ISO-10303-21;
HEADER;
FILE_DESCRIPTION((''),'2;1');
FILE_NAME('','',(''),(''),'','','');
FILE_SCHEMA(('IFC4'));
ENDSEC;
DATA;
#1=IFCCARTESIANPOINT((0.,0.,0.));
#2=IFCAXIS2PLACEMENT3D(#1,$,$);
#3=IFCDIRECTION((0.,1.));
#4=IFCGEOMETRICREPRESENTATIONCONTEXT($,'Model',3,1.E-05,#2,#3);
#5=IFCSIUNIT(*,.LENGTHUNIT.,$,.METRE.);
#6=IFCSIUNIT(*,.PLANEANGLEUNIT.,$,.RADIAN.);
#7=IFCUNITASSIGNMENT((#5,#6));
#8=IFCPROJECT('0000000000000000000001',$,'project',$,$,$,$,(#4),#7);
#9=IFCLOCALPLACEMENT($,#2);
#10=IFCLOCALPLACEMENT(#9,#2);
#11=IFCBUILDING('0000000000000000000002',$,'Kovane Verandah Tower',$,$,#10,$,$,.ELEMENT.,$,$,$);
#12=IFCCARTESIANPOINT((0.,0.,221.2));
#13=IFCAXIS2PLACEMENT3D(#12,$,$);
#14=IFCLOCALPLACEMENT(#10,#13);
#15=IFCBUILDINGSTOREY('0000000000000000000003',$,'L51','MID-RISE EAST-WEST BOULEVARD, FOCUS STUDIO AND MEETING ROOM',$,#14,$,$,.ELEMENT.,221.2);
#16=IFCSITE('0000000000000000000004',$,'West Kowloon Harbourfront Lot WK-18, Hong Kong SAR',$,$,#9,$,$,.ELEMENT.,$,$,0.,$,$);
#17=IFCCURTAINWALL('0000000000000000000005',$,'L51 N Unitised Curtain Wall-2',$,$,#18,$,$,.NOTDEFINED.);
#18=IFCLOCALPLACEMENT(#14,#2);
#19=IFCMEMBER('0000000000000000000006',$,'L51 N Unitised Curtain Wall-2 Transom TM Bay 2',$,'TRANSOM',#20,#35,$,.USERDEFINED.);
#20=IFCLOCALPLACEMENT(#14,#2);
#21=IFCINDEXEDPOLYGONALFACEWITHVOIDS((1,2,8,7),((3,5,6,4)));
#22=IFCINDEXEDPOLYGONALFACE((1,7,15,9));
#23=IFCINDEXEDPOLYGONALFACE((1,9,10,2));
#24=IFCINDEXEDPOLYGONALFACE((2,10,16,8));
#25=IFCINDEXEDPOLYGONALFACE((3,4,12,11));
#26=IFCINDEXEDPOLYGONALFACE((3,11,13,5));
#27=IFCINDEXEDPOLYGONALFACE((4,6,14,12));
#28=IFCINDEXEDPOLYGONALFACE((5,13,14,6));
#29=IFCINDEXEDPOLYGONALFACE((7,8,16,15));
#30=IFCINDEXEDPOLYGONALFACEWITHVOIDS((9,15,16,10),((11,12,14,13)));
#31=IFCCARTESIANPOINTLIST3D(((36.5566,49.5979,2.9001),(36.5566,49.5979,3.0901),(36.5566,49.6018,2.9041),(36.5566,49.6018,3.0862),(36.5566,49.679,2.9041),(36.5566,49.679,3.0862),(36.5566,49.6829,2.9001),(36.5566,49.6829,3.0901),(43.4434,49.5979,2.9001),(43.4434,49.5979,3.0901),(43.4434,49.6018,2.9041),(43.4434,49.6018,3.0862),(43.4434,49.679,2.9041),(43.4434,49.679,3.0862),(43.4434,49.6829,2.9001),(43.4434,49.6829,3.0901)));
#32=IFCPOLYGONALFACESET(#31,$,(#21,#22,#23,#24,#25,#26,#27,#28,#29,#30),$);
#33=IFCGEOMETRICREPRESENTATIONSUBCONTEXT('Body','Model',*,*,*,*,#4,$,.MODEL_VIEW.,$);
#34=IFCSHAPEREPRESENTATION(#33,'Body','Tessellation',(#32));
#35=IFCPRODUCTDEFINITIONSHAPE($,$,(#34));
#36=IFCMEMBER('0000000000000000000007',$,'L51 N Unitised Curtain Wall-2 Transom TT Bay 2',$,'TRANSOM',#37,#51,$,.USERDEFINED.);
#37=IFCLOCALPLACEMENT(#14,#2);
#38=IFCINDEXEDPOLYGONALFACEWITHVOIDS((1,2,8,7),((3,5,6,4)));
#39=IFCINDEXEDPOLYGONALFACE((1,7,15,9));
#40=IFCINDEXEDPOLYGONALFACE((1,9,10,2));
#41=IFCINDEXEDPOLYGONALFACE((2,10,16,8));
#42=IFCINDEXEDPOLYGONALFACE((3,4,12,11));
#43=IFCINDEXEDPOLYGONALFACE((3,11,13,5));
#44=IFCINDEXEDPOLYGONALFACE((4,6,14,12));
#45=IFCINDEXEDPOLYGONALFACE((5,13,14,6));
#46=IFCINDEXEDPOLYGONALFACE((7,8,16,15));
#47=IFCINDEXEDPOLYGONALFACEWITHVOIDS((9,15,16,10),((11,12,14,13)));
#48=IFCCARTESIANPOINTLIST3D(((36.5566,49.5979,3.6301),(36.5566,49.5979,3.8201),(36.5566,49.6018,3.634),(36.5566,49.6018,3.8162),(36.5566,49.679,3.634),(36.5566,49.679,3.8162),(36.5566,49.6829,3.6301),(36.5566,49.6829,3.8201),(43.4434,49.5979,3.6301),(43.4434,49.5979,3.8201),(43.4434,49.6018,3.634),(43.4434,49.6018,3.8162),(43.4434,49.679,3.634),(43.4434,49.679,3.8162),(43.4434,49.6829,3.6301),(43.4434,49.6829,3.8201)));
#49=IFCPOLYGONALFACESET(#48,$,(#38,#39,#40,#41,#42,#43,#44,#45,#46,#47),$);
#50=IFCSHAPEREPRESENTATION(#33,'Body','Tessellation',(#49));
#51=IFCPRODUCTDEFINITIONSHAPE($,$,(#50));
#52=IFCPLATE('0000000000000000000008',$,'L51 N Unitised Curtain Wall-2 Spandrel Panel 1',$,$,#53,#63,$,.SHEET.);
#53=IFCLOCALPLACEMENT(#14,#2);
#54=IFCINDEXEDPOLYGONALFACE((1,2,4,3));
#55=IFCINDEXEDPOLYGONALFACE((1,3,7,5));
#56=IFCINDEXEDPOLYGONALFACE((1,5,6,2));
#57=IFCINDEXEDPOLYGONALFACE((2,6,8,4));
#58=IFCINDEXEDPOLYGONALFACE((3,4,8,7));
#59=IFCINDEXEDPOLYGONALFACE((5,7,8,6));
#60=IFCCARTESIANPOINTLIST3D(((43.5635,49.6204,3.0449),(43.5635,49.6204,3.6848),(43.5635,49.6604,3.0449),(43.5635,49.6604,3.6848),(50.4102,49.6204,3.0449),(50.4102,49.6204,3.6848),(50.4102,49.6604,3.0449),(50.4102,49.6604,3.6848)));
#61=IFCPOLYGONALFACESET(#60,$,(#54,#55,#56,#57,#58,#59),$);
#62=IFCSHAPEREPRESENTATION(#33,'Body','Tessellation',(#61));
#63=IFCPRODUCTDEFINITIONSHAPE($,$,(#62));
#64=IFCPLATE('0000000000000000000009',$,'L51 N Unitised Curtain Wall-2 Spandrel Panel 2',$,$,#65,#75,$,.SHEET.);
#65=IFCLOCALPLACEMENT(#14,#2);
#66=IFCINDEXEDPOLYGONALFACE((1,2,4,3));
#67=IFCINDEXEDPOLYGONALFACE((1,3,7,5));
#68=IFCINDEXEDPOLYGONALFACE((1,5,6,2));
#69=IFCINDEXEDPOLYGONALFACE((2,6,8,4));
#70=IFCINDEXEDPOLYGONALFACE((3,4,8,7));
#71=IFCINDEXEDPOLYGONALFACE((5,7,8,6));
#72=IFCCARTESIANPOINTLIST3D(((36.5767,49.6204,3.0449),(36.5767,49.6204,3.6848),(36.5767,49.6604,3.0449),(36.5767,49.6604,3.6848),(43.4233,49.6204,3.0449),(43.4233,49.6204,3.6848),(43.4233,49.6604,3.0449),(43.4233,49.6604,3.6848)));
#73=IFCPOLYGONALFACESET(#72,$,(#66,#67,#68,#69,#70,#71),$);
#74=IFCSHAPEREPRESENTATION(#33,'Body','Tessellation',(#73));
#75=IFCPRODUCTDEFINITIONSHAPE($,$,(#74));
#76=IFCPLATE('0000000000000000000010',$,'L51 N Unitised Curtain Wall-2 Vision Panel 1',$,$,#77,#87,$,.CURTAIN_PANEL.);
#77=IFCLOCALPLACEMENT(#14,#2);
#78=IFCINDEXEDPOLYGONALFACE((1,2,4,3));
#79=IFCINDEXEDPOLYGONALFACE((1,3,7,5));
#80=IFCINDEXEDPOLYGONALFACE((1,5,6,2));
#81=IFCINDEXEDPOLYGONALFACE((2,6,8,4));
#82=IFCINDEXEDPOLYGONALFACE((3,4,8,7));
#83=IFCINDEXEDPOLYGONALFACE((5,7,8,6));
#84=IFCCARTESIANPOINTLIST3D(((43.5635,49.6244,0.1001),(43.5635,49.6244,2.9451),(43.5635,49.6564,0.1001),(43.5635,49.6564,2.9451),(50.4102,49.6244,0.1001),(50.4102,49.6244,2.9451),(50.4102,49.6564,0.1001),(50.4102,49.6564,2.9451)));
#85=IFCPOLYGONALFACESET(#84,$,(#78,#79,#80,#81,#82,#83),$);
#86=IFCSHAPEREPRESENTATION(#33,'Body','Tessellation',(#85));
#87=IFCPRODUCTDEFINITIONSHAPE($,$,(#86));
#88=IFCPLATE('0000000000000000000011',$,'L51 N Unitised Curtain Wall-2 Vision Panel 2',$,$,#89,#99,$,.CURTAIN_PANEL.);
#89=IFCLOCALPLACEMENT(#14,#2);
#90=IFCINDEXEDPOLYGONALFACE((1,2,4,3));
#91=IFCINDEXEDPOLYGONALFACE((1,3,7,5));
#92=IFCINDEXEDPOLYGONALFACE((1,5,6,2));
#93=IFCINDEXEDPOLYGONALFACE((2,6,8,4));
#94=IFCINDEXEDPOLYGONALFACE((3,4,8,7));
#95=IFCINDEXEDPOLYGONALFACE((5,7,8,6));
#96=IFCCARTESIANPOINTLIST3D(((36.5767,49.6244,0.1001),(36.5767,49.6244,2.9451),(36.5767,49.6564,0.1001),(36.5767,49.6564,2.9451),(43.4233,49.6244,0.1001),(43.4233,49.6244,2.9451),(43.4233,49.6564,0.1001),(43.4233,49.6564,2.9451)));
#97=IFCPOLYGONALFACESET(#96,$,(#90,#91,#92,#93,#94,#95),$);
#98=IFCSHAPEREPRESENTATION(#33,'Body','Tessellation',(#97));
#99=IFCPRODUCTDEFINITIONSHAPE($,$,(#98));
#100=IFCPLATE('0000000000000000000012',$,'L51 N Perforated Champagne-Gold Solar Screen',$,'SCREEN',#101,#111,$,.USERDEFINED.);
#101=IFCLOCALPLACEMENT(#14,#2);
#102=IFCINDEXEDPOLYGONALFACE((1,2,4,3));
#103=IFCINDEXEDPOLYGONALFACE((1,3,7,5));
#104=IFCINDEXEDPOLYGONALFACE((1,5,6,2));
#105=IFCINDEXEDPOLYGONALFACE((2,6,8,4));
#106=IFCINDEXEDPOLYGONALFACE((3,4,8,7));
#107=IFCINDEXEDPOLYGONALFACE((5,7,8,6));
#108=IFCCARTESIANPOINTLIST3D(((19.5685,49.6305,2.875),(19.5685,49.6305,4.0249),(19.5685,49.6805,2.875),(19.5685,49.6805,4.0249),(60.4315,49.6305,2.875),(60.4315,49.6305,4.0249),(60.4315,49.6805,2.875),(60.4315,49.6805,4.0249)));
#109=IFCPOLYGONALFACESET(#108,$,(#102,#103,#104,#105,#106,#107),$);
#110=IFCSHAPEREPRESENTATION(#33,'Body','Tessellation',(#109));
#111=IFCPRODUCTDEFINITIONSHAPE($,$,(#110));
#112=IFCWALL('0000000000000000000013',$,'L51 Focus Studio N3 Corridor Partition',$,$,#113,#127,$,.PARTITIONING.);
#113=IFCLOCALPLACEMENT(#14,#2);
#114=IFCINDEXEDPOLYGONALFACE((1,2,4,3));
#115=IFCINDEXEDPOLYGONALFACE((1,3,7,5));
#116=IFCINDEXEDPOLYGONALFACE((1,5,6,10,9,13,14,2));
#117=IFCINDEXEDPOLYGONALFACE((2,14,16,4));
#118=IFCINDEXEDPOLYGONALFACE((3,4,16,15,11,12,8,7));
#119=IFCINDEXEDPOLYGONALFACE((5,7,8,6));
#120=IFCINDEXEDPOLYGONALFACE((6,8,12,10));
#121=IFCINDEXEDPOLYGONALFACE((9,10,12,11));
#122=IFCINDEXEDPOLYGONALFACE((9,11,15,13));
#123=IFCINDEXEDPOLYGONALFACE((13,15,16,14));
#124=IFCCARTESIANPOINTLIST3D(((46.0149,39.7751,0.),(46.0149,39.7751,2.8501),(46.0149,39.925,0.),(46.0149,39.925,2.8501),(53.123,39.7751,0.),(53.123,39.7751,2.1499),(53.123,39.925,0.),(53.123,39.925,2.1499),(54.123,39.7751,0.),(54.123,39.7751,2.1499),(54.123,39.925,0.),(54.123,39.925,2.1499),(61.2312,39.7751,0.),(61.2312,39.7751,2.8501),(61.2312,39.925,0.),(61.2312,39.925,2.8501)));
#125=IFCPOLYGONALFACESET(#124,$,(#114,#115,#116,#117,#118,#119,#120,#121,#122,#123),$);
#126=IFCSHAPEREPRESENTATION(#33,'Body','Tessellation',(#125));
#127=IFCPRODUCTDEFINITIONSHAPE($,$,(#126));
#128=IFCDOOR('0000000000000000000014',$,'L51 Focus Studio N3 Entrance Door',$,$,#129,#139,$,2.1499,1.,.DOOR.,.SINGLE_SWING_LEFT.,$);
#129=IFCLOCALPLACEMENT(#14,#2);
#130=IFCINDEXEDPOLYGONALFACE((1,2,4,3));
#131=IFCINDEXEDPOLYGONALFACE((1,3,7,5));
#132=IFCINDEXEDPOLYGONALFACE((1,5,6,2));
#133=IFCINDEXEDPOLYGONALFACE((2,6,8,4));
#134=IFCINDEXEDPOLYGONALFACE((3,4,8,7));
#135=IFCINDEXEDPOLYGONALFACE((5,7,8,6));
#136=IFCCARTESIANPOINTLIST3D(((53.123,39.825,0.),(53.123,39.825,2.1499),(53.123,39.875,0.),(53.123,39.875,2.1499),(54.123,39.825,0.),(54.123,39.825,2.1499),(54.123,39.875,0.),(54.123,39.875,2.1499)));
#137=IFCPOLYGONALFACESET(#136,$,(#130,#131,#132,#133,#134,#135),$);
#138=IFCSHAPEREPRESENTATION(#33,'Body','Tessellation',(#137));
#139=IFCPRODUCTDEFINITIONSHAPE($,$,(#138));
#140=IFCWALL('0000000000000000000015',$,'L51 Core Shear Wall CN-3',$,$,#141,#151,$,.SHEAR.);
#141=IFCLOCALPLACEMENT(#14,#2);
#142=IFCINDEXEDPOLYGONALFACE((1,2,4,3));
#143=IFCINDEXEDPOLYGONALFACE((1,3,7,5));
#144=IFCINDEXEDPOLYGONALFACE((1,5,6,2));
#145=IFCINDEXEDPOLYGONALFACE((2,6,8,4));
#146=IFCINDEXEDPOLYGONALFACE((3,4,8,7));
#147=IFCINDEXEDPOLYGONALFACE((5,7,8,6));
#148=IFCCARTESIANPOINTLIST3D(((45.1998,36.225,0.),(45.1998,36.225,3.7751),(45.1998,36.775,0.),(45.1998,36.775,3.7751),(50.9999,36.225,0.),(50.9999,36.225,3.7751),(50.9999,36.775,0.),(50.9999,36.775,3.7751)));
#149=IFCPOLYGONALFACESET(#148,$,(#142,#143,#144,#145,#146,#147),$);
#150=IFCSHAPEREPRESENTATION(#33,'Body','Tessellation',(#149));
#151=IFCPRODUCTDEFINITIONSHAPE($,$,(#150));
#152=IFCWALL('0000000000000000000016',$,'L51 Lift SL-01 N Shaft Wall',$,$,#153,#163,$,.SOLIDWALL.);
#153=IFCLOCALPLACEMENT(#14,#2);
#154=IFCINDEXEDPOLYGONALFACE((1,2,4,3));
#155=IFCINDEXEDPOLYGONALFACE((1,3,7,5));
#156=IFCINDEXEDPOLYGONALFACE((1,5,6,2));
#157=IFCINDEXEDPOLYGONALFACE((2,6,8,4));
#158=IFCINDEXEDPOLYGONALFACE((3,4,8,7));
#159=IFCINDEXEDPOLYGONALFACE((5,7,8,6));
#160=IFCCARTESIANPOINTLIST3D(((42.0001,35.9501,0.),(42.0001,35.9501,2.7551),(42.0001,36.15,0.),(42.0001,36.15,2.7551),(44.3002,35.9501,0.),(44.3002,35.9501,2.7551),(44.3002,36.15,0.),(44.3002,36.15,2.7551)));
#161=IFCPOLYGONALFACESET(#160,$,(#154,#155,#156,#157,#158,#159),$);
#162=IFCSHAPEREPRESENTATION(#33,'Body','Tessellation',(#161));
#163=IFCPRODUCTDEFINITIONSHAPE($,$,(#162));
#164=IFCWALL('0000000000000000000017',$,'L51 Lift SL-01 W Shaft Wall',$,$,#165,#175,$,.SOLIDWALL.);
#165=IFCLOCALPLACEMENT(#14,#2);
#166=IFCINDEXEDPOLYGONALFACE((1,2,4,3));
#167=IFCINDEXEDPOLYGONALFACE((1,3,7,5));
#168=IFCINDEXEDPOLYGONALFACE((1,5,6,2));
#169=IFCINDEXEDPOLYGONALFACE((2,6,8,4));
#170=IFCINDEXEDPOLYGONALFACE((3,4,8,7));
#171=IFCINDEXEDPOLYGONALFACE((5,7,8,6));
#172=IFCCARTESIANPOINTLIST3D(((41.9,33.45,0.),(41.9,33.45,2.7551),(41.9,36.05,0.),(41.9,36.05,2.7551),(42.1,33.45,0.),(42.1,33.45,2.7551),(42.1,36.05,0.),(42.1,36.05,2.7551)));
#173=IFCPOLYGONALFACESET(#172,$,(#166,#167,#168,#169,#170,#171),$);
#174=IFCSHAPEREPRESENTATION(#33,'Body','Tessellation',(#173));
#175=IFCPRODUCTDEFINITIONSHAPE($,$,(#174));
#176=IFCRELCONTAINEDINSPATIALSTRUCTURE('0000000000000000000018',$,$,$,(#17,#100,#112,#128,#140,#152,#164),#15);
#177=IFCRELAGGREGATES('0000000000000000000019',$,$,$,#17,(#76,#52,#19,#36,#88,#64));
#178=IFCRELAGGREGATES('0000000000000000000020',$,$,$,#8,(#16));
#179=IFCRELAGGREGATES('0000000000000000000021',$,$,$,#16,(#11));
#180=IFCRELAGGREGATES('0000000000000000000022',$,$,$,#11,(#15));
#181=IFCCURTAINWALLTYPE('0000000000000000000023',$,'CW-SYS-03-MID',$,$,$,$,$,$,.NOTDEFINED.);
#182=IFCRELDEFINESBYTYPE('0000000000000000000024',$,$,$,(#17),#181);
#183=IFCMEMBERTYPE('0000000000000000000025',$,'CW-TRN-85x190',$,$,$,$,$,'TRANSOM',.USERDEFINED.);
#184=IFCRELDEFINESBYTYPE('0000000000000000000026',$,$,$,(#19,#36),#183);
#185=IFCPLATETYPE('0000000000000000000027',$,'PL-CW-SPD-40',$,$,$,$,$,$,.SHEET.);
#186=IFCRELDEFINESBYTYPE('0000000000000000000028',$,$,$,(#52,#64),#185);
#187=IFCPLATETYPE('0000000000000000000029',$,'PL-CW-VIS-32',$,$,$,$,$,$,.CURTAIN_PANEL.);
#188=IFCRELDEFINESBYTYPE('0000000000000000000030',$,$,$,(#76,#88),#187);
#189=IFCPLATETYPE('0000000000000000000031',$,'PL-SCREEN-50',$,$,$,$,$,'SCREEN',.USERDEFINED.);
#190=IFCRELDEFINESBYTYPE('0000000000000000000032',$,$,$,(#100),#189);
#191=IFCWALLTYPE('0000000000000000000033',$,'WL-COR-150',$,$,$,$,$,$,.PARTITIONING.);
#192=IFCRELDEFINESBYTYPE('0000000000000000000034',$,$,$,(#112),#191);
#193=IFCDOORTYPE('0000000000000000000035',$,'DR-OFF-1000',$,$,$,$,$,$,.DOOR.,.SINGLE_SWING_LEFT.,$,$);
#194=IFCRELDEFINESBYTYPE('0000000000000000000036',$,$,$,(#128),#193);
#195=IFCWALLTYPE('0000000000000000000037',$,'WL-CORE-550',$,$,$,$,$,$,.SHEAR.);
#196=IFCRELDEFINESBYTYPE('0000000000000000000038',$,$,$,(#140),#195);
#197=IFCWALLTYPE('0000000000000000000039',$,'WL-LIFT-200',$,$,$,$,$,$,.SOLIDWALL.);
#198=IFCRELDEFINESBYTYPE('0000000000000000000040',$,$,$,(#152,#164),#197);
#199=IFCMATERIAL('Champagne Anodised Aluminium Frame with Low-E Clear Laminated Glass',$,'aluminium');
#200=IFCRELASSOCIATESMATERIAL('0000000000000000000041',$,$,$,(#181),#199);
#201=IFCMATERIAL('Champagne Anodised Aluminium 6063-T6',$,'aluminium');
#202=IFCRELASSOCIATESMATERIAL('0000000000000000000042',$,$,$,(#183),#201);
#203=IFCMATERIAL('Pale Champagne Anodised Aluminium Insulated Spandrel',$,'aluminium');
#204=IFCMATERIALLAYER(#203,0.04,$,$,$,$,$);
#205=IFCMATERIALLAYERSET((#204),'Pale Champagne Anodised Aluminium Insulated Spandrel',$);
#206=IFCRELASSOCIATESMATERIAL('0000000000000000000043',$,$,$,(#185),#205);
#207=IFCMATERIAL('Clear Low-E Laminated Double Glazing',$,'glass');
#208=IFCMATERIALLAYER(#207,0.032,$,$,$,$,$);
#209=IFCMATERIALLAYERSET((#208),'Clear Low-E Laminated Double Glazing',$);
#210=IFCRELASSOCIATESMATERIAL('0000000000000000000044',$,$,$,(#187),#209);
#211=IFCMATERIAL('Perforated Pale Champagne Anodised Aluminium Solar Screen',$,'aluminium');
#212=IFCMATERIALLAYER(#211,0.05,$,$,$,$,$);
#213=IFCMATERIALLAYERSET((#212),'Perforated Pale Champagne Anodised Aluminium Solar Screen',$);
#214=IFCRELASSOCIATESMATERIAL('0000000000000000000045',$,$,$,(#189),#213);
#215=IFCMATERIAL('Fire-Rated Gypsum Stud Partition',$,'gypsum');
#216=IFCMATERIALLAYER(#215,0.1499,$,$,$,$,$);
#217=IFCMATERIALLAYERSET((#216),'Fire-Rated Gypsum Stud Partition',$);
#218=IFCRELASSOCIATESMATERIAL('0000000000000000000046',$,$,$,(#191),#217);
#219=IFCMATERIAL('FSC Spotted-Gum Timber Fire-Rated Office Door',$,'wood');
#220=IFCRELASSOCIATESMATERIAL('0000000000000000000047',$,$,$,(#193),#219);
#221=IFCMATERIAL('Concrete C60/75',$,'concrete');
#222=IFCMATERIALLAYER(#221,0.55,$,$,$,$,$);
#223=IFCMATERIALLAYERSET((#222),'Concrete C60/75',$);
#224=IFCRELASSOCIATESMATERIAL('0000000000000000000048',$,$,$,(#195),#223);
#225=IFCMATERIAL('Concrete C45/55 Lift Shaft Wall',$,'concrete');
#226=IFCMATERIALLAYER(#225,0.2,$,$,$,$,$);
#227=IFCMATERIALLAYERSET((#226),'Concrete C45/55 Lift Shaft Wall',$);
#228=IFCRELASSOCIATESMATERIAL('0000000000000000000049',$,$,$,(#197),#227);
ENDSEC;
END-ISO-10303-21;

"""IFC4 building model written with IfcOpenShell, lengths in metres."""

from ifc_helpers import new_model, si_unit, direction, frame, frame_2d, origin, origin_2d, place, context, subcontext, project, spatial, rectangle, hollow_rectangle, extrude, material, layer, layer_set, material_profile, profile_set, type_object, element, fill, aggregate, save


model = new_model("IFC4")

# Units and contexts
model_context = context("Model", 3, precision=1e-05, world=origin(), true_north=direction((0.0, 1.0)))
body_context = subcontext(model_context, "Body", "Model", "MODEL_VIEW")
ifc_project = project(units=[si_unit("LENGTHUNIT", "METRE"), si_unit("PLANEANGLEUNIT", "RADIAN")], contexts=[model_context])

# Site, building, storey
site_placement = place(None, origin())
site = spatial("IfcSite", under=ifc_project, at=site_placement, Name="West Kowloon Harbourfront Lot WK-18, Hong Kong SAR", CompositionType="ELEMENT", RefElevation=0.0)
building_placement = place(site_placement, origin())
building = spatial("IfcBuilding", under=site, at=building_placement, Name="Kovane Verandah Tower", CompositionType="ELEMENT")
storey_placement = place(building_placement, frame((0.0, 0.0, 221.2)))
storey = spatial("IfcBuildingStorey", under=building, at=storey_placement, Name="L51", Description="MID-RISE EAST-WEST BOULEVARD, FOCUS STUDIO AND MEETING ROOM", CompositionType="ELEMENT", Elevation=221.2)

# Shared definitions
ifc_material_1 = material(Name="Concrete C60/75", Category="concrete")

# Curtain wall, members, plates
ifc_material_2 = material(Name="Champagne Anodised Aluminium Frame with Low-E Clear Laminated Glass", Category="aluminium")
curtain_wall_type = type_object("IfcCurtainWallType", Name="CW-SYS-03-MID", PredefinedType="NOTDEFINED", material=ifc_material_2)
curtain_wall_placement = place(storey_placement, origin())
curtain_wall = element("IfcCurtainWall", 1, at=curtain_wall_placement, inside=storey, type_object=curtain_wall_type, Name="L51 N Unitised Curtain Wall-2", PredefinedType="NOTDEFINED")
ifc_material_3 = material(Name="Champagne Anodised Aluminium 6063-T6", Category="aluminium")
ifc_material_profile_1 = material_profile(ifc_material_3, hollow_rectangle(XDim=0.085, YDim=0.1899, WallThickness=0.0039, at=origin_2d()), Name="AL85x190x4")
ifc_profile_set_1 = profile_set([ifc_material_profile_1], Name="Champagne Anodised Aluminium 6063-T6")
member_type_1 = type_object("IfcMemberType", Name="CW-TRN-85x190", ElementType="TRANSOM", PredefinedType="USERDEFINED", material=ifc_profile_set_1)
member_1_placement = place(storey_placement, frame((43.4434, 49.6404, 2.9951), z_axis=(-1.0, 0.0, 0.0), x_axis=(0.0, -1.0, 0.0)))
member_1 = element("IfcMember", 2, at=member_1_placement, type_object=member_type_1, Name="L51 N Unitised Curtain Wall-2 Transom TM Bay 2", ObjectType="TRANSOM", PredefinedType="USERDEFINED", context=body_context, shape_type="SweptSolid", body=[
    extrude(hollow_rectangle(XDim=0.085, YDim=0.1899, WallThickness=0.0039, at=origin_2d()), origin(), (0.0, 0.0, 1.0), 6.8867),
])
member_2_placement = place(storey_placement, frame((43.4434, 49.6404, 3.7251), z_axis=(-1.0, 0.0, 0.0), x_axis=(0.0, -1.0, 0.0)))
member_2 = element("IfcMember", 3, at=member_2_placement, type_object=member_type_1, Name="L51 N Unitised Curtain Wall-2 Transom TT Bay 2", ObjectType="TRANSOM", PredefinedType="USERDEFINED", context=body_context, shape_type="SweptSolid", body=[
    extrude(hollow_rectangle(XDim=0.085, YDim=0.1899, WallThickness=0.0039, at=origin_2d()), origin(), (0.0, 0.0, 1.0), 6.8867),
])
ifc_material_4 = material(Name="Pale Champagne Anodised Aluminium Insulated Spandrel", Category="aluminium")
ifc_layer_1 = layer(ifc_material_4, 0.04)
ifc_layer_set_1 = layer_set([ifc_layer_1], Name="Pale Champagne Anodised Aluminium Insulated Spandrel")
plate_type_1 = type_object("IfcPlateType", Name="PL-CW-SPD-40", PredefinedType="SHEET", material=ifc_layer_set_1)
plate_1_placement = place(storey_placement, frame((46.9868, 49.6404, 3.0449), z_axis=(0.0, 0.0, 1.0), x_axis=(-1.0, 0.0, 0.0)))
plate_1 = element("IfcPlate", 4, at=plate_1_placement, type_object=plate_type_1, Name="L51 N Unitised Curtain Wall-2 Spandrel Panel 1", PredefinedType="SHEET", context=body_context, shape_type="SweptSolid", body=[
    extrude(rectangle(XDim=6.8467, YDim=0.04, at=origin_2d()), origin(), (0.0, 0.0, 1.0), 0.6399),
])
plate_2_placement = place(storey_placement, frame((40.0, 49.6404, 3.0449), z_axis=(0.0, 0.0, 1.0), x_axis=(-1.0, 0.0, 0.0)))
plate_2 = element("IfcPlate", 5, at=plate_2_placement, type_object=plate_type_1, Name="L51 N Unitised Curtain Wall-2 Spandrel Panel 2", PredefinedType="SHEET", context=body_context, shape_type="SweptSolid", body=[
    extrude(rectangle(XDim=6.8467, YDim=0.04, at=origin_2d()), origin(), (0.0, 0.0, 1.0), 0.6399),
])
ifc_material_5 = material(Name="Clear Low-E Laminated Double Glazing", Category="glass")
ifc_layer_2 = layer(ifc_material_5, 0.032)
ifc_layer_set_2 = layer_set([ifc_layer_2], Name="Clear Low-E Laminated Double Glazing")
plate_type_2 = type_object("IfcPlateType", Name="PL-CW-VIS-32", PredefinedType="CURTAIN_PANEL", material=ifc_layer_set_2)
plate_3_placement = place(storey_placement, frame((46.9868, 49.6404, 0.1001), z_axis=(0.0, 0.0, 1.0), x_axis=(-1.0, 0.0, 0.0)))
plate_3 = element("IfcPlate", 6, at=plate_3_placement, type_object=plate_type_2, Name="L51 N Unitised Curtain Wall-2 Vision Panel 1", PredefinedType="CURTAIN_PANEL", context=body_context, shape_type="SweptSolid", body=[
    extrude(rectangle(XDim=6.8467, YDim=0.032, at=origin_2d()), origin(), (0.0, 0.0, 1.0), 2.845),
])
plate_4_placement = place(storey_placement, frame((40.0, 49.6404, 0.1001), z_axis=(0.0, 0.0, 1.0), x_axis=(-1.0, 0.0, 0.0)))
plate_4 = element("IfcPlate", 7, at=plate_4_placement, type_object=plate_type_2, Name="L51 N Unitised Curtain Wall-2 Vision Panel 2", PredefinedType="CURTAIN_PANEL", context=body_context, shape_type="SweptSolid", body=[
    extrude(rectangle(XDim=6.8467, YDim=0.032, at=origin_2d()), origin(), (0.0, 0.0, 1.0), 2.845),
])
aggregate(curtain_wall, [plate_3, plate_1, member_1, member_2, plate_4, plate_2])

# Plate
ifc_material_6 = material(Name="Perforated Pale Champagne Anodised Aluminium Solar Screen", Category="aluminium")
ifc_layer_3 = layer(ifc_material_6, 0.05)
ifc_layer_set_3 = layer_set([ifc_layer_3], Name="Perforated Pale Champagne Anodised Aluminium Solar Screen")
plate_type_3 = type_object("IfcPlateType", Name="PL-SCREEN-50", ElementType="SCREEN", PredefinedType="USERDEFINED", material=ifc_layer_set_3)
plate_5_placement = place(storey_placement, frame((40.0, 49.6555, 2.875), z_axis=(0.0, 0.0, 1.0), x_axis=(-1.0, 0.0, 0.0)))
element("IfcPlate", 8, at=plate_5_placement, inside=storey, type_object=plate_type_3, Name="L51 N Perforated Champagne-Gold Solar Screen", ObjectType="SCREEN", PredefinedType="USERDEFINED", context=body_context, shape_type="SweptSolid", body=[
    extrude(rectangle(XDim=40.863, YDim=0.05, at=origin_2d()), origin(), (0.0, 0.0, 1.0), 1.1499),
])

# Wall, opening, door
ifc_material_7 = material(Name="Fire-Rated Gypsum Stud Partition", Category="gypsum")
ifc_layer_4 = layer(ifc_material_7, 0.1499)
ifc_layer_set_4 = layer_set([ifc_layer_4], Name="Fire-Rated Gypsum Stud Partition")
wall_type_1 = type_object("IfcWallType", Name="WL-COR-150", PredefinedType="PARTITIONING", material=ifc_layer_set_4)
wall_1_placement = place(storey_placement, frame((46.0149, 39.8501, 0.0), z_axis=(0.0, 0.0, 1.0), x_axis=(1.0, 0.0, 0.0)))
wall_1 = element("IfcWall", 9, at=wall_1_placement, inside=storey, type_object=wall_type_1, Name="L51 Focus Studio N3 Corridor Partition", PredefinedType="PARTITIONING", context=body_context, shape_type="SweptSolid", body=[
    extrude(rectangle(XDim=15.2163, YDim=0.1499, at=frame_2d((7.6082, 0.0))), origin(), (0.0, 0.0, 1.0), 2.8501),
])
opening_placement = place(wall_1_placement, frame((7.1082, 0.0, 0.0)))
opening = element("IfcOpeningElement", 10, at=opening_placement, cuts=wall_1, PredefinedType="OPENING", context=body_context, shape_type="SweptSolid", body=[
    extrude(rectangle(XDim=1.0, YDim=2.1499, at=frame_2d((0.5, 1.075))), frame((0.0, 0.075, 0.0), z_axis=(0.0, -1.0, 0.0), x_axis=(1.0, 0.0, 0.0)), (0.0, 0.0, 1.0), 0.1499),
])
ifc_material_8 = material(Name="FSC Spotted-Gum Timber Fire-Rated Office Door", Category="wood")
door_type = type_object("IfcDoorType", Name="DR-OFF-1000", OperationType="SINGLE_SWING_LEFT", PredefinedType="DOOR", material=ifc_material_8)
door_placement = place(opening_placement, origin())
door = element("IfcDoor", 11, at=door_placement, inside=storey, type_object=door_type, Name="L51 Focus Studio N3 Entrance Door", OperationType="SINGLE_SWING_LEFT", OverallHeight=2.1499, OverallWidth=1.0, PredefinedType="DOOR", context=body_context, shape_type="SweptSolid", body=[
    extrude(rectangle(XDim=1.0, YDim=2.1499, at=frame_2d((0.5, 1.075))), frame((0.0, 0.0249, 0.0), z_axis=(0.0, -1.0, 0.0), x_axis=(1.0, 0.0, 0.0)), (0.0, 0.0, 1.0), 0.05),
])
fill(opening, door)

# Walls
ifc_layer_5 = layer(ifc_material_1, 0.55)
ifc_layer_set_5 = layer_set([ifc_layer_5], Name="Concrete C60/75")
wall_type_2 = type_object("IfcWallType", Name="WL-CORE-550", PredefinedType="SHEAR", material=ifc_layer_set_5)
wall_2_placement = place(storey_placement, frame((45.2, 36.5, 0.0), z_axis=(0.0, 0.0, 1.0), x_axis=(1.0, 0.0, 0.0)))
element("IfcWall", 12, at=wall_2_placement, inside=storey, type_object=wall_type_2, Name="L51 Core Shear Wall CN-3", PredefinedType="SHEAR", context=body_context, shape_type="SweptSolid", body=[
    extrude(rectangle(XDim=5.8, YDim=0.55, at=frame_2d((2.8999, 0.0))), origin(), (0.0, 0.0, 1.0), 3.7751),
])
ifc_material_9 = material(Name="Concrete C45/55 Lift Shaft Wall", Category="concrete")
ifc_layer_6 = layer(ifc_material_9, 0.2)
ifc_layer_set_6 = layer_set([ifc_layer_6], Name="Concrete C45/55 Lift Shaft Wall")
wall_type_3 = type_object("IfcWallType", Name="WL-LIFT-200", PredefinedType="SOLIDWALL", material=ifc_layer_set_6)
wall_3_placement = place(storey_placement, frame((44.3, 36.05, 0.0), z_axis=(0.0, 0.0, 1.0), x_axis=(-1.0, 0.0, 0.0)))
element("IfcWall", 13, at=wall_3_placement, inside=storey, type_object=wall_type_3, Name="L51 Lift SL-01 N Shaft Wall", PredefinedType="SOLIDWALL", context=body_context, shape_type="SweptSolid", body=[
    extrude(rectangle(XDim=2.3, YDim=0.2, at=frame_2d((1.1499, 0.0))), origin(), (0.0, 0.0, 1.0), 2.7551),
])
wall_4_placement = place(storey_placement, frame((42.0, 36.05, 0.0), z_axis=(0.0, 0.0, 1.0), x_axis=(0.0, -1.0, 0.0)))
element("IfcWall", 14, at=wall_4_placement, inside=storey, type_object=wall_type_3, Name="L51 Lift SL-01 W Shaft Wall", PredefinedType="SOLIDWALL", context=body_context, shape_type="SweptSolid", body=[
    extrude(rectangle(XDim=2.6001, YDim=0.2, at=frame_2d((1.3, 0.0))), origin(), (0.0, 0.0, 1.0), 2.7551),
])

save(model, "model.ifc")
